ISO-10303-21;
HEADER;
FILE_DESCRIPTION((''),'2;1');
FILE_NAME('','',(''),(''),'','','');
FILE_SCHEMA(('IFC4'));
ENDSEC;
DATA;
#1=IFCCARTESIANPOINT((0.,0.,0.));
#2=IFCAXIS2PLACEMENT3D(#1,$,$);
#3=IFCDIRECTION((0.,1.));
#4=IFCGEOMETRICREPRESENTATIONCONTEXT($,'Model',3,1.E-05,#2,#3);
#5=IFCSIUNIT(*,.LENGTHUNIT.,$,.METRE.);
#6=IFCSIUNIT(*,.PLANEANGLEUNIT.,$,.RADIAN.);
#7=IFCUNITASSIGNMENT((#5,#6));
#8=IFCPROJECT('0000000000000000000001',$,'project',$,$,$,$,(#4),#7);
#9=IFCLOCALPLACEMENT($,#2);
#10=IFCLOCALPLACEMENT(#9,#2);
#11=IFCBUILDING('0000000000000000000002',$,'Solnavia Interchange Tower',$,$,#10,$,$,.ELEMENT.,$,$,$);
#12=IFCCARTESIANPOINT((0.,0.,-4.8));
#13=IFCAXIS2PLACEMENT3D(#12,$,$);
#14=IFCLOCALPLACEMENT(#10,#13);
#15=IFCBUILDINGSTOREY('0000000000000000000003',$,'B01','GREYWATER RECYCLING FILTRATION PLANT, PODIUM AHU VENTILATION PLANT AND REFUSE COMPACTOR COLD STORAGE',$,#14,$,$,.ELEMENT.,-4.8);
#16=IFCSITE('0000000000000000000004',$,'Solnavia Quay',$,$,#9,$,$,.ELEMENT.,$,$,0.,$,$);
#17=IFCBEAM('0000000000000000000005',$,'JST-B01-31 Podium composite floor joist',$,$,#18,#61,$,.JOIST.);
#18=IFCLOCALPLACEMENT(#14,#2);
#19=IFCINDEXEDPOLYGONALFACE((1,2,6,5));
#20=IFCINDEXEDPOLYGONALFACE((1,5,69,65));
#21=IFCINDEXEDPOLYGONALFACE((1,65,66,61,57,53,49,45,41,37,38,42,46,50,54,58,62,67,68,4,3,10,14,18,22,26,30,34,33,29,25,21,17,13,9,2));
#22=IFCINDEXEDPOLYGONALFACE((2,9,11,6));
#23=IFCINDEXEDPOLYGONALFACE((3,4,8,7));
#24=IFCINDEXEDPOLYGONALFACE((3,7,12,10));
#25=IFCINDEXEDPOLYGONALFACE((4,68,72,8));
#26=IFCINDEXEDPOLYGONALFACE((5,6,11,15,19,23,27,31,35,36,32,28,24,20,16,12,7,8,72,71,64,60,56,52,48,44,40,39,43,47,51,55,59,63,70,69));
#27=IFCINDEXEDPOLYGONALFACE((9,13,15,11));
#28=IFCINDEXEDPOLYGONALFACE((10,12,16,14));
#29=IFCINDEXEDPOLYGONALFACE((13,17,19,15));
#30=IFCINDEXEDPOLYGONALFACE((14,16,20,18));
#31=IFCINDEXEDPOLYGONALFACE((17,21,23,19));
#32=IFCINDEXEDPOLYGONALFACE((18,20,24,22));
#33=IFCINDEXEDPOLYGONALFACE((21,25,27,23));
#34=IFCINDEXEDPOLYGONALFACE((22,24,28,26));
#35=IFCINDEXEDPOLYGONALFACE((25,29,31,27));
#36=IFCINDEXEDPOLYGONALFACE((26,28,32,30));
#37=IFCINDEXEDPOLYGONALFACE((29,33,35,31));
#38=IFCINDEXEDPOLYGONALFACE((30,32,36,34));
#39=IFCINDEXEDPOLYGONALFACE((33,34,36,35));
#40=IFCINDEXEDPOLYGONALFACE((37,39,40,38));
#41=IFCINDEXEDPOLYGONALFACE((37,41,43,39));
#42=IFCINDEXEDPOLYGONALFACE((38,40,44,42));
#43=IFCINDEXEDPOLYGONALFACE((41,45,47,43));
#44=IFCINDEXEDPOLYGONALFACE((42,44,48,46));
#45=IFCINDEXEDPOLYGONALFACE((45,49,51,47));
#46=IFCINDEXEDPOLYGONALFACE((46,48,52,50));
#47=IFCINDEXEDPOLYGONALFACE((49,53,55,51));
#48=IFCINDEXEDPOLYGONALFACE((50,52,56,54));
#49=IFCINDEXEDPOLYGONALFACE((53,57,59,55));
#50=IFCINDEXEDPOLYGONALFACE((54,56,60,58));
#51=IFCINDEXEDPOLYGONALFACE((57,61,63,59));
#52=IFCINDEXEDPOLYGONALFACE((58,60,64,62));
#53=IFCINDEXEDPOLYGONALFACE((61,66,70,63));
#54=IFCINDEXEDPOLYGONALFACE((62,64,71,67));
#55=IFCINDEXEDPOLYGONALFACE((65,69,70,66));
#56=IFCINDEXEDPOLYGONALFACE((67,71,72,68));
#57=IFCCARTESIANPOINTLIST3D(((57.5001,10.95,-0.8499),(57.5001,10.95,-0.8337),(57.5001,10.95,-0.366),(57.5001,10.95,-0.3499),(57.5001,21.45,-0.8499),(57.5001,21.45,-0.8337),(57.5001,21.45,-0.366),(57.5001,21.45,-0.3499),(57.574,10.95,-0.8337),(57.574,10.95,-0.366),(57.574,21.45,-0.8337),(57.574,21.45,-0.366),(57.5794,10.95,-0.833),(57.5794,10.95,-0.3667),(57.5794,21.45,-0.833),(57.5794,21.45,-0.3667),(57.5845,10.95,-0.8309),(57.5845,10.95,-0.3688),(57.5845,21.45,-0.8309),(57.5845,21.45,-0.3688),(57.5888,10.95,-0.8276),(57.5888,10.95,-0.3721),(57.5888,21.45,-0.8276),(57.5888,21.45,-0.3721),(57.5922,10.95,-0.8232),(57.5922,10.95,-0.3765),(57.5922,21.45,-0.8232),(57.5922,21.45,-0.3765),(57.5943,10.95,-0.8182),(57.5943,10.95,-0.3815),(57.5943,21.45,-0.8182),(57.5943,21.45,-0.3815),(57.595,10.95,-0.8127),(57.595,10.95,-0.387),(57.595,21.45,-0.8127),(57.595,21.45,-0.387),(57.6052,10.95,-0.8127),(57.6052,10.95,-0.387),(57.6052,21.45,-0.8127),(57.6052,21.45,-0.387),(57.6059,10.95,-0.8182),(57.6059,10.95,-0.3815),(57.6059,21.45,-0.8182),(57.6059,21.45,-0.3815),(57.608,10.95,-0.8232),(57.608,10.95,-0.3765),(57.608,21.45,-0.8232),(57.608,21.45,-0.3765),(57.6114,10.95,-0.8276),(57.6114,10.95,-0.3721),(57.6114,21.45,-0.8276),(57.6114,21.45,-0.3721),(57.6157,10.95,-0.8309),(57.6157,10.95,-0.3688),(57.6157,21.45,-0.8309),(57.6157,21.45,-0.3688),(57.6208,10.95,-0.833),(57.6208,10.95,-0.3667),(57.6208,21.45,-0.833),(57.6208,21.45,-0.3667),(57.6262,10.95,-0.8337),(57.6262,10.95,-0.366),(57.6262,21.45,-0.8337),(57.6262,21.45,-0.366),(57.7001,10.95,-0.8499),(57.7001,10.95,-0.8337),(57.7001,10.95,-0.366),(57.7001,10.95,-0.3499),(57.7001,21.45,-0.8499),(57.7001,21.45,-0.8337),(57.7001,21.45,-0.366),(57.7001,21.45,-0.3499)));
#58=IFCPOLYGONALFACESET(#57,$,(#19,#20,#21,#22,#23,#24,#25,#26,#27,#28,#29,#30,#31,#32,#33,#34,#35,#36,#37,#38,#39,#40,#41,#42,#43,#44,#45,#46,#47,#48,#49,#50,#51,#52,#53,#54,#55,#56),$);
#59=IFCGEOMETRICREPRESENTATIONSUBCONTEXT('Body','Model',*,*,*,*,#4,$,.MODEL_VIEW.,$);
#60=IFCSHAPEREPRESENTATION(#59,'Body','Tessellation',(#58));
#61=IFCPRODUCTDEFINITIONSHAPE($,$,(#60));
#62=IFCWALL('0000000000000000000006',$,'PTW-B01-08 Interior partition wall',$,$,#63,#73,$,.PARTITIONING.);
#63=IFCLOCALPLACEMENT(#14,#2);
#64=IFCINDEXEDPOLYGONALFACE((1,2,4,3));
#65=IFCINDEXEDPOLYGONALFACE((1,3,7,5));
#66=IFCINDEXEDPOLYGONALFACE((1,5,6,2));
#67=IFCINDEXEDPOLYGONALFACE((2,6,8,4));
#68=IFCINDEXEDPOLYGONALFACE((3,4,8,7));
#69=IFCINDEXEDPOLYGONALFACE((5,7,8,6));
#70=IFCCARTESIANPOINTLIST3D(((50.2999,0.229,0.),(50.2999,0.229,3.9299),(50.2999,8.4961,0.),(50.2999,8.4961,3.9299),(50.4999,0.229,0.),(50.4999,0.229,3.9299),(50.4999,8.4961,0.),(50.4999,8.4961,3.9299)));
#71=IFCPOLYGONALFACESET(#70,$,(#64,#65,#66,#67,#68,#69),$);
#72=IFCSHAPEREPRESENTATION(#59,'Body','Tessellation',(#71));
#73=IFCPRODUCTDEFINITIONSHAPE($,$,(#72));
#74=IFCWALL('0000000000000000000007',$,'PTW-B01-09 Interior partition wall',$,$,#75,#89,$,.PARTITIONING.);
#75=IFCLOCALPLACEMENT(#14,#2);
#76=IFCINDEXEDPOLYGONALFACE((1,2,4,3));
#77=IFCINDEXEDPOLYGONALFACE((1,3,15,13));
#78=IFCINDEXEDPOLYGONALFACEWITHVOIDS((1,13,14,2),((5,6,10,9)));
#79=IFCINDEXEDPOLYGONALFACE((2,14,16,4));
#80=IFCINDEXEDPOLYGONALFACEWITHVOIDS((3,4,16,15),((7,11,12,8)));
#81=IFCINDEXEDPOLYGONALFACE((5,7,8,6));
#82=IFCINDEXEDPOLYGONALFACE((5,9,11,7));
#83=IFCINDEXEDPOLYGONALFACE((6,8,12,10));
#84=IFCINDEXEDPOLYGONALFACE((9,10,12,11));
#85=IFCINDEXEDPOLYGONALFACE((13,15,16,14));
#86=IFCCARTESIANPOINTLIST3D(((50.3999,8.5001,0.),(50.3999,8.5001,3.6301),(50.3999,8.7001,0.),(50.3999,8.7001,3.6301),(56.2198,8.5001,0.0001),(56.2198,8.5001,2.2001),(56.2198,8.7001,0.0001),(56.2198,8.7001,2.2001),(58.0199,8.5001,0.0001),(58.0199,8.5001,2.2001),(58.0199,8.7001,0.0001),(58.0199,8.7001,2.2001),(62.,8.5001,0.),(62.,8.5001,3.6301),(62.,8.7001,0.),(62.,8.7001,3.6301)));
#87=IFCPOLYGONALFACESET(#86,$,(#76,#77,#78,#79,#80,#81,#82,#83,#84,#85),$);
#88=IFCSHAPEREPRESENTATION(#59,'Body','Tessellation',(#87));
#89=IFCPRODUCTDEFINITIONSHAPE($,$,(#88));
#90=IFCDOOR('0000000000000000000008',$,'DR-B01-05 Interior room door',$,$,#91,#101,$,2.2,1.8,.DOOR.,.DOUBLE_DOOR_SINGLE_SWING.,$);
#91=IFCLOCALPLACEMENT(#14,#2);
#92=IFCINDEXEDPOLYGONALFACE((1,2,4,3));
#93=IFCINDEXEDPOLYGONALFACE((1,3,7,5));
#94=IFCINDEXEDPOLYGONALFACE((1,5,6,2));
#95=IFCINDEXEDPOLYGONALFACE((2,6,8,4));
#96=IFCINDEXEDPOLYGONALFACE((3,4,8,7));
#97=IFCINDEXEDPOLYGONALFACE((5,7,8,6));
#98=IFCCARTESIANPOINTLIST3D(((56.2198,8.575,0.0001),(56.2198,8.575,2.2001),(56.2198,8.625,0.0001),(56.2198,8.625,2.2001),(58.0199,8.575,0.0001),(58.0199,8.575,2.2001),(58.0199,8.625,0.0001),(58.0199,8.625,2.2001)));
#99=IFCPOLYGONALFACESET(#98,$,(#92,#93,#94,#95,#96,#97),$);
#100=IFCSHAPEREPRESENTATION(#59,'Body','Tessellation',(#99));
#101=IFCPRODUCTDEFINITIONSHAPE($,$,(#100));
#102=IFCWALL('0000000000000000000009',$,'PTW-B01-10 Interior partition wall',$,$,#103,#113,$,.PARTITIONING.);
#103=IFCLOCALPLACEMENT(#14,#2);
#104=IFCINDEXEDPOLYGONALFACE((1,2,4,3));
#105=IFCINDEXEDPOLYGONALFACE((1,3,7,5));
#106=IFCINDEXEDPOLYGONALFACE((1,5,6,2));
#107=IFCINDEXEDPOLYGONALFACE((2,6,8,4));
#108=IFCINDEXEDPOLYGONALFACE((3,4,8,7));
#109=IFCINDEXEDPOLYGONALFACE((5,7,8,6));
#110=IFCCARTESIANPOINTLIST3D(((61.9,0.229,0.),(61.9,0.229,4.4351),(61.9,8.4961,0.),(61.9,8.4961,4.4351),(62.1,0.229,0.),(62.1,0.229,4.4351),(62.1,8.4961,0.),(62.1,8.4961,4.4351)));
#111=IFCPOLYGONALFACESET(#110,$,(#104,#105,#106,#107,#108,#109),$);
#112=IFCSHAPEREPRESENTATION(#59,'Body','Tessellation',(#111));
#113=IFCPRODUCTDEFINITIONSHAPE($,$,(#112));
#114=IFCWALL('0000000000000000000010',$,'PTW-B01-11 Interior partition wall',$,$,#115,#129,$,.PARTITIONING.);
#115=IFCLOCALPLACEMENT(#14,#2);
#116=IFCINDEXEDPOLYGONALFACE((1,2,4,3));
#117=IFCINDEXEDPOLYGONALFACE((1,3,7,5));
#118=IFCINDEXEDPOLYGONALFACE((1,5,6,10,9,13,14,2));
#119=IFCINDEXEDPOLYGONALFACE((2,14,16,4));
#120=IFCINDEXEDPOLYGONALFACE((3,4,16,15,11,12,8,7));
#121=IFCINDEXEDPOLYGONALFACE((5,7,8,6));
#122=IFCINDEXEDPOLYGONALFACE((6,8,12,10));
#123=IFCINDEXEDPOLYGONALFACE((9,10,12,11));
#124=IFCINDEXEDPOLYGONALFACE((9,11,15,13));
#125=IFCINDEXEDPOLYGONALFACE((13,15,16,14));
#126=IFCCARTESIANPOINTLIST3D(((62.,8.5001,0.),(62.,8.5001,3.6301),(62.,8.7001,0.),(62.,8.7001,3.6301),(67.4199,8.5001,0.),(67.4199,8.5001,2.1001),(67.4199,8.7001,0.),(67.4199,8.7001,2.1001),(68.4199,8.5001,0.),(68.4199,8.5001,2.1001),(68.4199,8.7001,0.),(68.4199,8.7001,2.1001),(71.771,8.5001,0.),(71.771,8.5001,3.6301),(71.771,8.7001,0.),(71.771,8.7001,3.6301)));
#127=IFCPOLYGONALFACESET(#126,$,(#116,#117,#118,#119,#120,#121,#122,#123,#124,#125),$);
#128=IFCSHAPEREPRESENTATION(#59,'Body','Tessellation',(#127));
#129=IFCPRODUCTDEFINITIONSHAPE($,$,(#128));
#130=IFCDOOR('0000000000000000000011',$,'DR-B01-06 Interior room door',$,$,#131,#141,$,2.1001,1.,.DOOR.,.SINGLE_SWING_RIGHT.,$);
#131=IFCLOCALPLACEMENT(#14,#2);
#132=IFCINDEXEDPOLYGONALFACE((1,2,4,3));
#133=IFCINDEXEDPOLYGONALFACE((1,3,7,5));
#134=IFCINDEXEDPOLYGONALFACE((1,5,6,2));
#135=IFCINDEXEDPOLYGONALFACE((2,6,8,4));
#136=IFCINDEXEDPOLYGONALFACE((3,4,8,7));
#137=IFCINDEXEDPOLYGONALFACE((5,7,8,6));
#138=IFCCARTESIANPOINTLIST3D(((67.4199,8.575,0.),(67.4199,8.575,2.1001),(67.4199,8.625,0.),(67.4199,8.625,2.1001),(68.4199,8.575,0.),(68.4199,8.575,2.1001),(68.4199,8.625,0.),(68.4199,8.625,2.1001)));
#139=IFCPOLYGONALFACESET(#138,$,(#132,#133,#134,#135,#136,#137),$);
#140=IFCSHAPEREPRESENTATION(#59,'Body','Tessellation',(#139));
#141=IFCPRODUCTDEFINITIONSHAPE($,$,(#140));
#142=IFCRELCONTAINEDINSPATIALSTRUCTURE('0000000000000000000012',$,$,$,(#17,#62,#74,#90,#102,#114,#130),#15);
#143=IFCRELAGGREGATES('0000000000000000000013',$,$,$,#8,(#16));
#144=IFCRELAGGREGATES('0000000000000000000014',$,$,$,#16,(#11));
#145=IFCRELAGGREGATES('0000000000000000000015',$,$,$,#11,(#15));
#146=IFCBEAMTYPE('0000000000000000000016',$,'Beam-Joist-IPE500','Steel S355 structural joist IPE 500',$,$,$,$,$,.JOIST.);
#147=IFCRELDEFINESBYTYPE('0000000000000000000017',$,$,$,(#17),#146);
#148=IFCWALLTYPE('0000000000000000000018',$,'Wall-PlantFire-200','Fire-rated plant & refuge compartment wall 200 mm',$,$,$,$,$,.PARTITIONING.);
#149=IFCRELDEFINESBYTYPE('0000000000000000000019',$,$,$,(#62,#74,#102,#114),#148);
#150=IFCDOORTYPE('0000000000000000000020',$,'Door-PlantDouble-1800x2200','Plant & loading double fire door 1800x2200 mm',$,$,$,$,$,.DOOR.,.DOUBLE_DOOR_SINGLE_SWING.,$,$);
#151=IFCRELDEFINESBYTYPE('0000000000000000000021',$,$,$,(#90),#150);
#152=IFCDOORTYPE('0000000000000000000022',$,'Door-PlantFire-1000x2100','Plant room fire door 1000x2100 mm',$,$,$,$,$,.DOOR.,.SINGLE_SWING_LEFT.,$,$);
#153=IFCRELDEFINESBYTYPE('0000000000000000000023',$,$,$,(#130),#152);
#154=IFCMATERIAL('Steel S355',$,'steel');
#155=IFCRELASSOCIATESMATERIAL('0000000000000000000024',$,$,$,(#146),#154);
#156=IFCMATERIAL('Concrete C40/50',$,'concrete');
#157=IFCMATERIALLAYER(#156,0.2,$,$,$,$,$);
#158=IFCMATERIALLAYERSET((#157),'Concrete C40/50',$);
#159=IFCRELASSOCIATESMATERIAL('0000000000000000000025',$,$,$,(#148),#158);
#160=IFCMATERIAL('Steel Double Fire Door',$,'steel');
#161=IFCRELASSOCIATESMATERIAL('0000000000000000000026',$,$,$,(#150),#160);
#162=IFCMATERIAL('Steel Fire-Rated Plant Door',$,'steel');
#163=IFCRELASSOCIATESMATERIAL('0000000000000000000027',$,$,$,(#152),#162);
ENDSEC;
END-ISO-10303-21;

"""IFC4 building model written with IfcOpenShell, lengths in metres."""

from ifc_helpers import new_model, si_unit, direction, frame, frame_2d, origin, origin_2d, place, context, subcontext, project, spatial, rectangle, i_section, extrude, material, layer, layer_set, material_profile, profile_set, type_object, element, fill, save


model = new_model("IFC4")

# Units and contexts
model_context = context("Model", 3, precision=1e-05, world=origin(), true_north=direction((0.0, 1.0)))
body_context = subcontext(model_context, "Body", "Model", "MODEL_VIEW")
ifc_project = project(units=[si_unit("LENGTHUNIT", "METRE"), si_unit("PLANEANGLEUNIT", "RADIAN")], contexts=[model_context])

# Site, building, storey
site_placement = place(None, origin())
site = spatial("IfcSite", under=ifc_project, at=site_placement, Name="Solnavia Quay", CompositionType="ELEMENT", RefElevation=0.0)
building_placement = place(site_placement, origin())
building = spatial("IfcBuilding", under=site, at=building_placement, Name="Solnavia Interchange Tower", CompositionType="ELEMENT")
storey_placement = place(building_placement, frame((0.0, 0.0, -4.8)))
storey = spatial("IfcBuildingStorey", under=building, at=storey_placement, Name="B01", Description="GREYWATER RECYCLING FILTRATION PLANT, PODIUM AHU VENTILATION PLANT AND REFUSE COMPACTOR COLD STORAGE", CompositionType="ELEMENT", Elevation=-4.8)

# Beam
ifc_material_1 = material(Name="Steel S355", Category="steel")
ifc_material_profile_1 = material_profile(ifc_material_1, i_section(OverallWidth=0.2, OverallDepth=0.5, WebThickness=0.0103, FlangeThickness=0.0161, FilletRadius=0.021, at=origin_2d()), Name="IPE 500")
ifc_profile_set_1 = profile_set([ifc_material_profile_1], Name="Steel S355")
beam_type_1 = type_object("IfcBeamType", Name="Beam-Joist-IPE500", Description="Steel S355 structural joist IPE 500", PredefinedType="JOIST", material=ifc_profile_set_1)
for number, where, z_axis, x_axis, name in (
    (1, (57.6001, 10.95, -0.5999), (0.0, 1.0, 0.0), (-1.0, 0.0, 0.0), "JST-B01-31 Podium composite floor joist"),
):
    element("IfcBeam", number, at=place(storey_placement, frame(where, z_axis=z_axis, x_axis=x_axis)), inside=storey, type_object=beam_type_1, Name=name, PredefinedType="JOIST", context=body_context, shape_type="SweptSolid", body=[
        extrude(i_section(OverallWidth=0.2, OverallDepth=0.5, WebThickness=0.0103, FlangeThickness=0.0161, FilletRadius=0.021, at=origin_2d()), origin(), (0.0, 0.0, 1.0), 10.5),
    ])

# Wall
ifc_material_2 = material(Name="Concrete C40/50", Category="concrete")
ifc_layer = layer(ifc_material_2, 0.2)
ifc_layer_set = layer_set([ifc_layer], Name="Concrete C40/50")
wall_type = type_object("IfcWallType", Name="Wall-PlantFire-200", Description="Fire-rated plant & refuge compartment wall 200 mm", PredefinedType="PARTITIONING", material=ifc_layer_set)
wall_1_placement = place(storey_placement, frame((50.3999, 0.229, 0.0), z_axis=(0.0, 0.0, 1.0), x_axis=(0.0, 1.0, 0.0)))
element("IfcWall", 2, at=wall_1_placement, inside=storey, type_object=wall_type, Name="PTW-B01-08 Interior partition wall", PredefinedType="PARTITIONING", context=body_context, shape_type="SweptSolid", body=[
    extrude(rectangle(XDim=8.2671, YDim=0.2, at=frame_2d((4.1335, 0.0))), origin(), (0.0, 0.0, 1.0), 3.9299),
])

# Wall, opening, door
wall_2_placement = place(storey_placement, frame((50.3999, 8.6001, 0.0), z_axis=(0.0, 0.0, 1.0), x_axis=(1.0, 0.0, 0.0)))
wall_2 = element("IfcWall", 3, at=wall_2_placement, inside=storey, type_object=wall_type, Name="PTW-B01-09 Interior partition wall", PredefinedType="PARTITIONING", context=body_context, shape_type="SweptSolid", body=[
    extrude(rectangle(XDim=11.6001, YDim=0.2, at=frame_2d((5.8, 0.0))), origin(), (0.0, 0.0, 1.0), 3.6301),
])
opening_1_placement = place(wall_2_placement, frame((5.8201, 0.0, 0.0)))
opening_1 = element("IfcOpeningElement", 4, at=opening_1_placement, cuts=wall_2, PredefinedType="OPENING", context=body_context, shape_type="SweptSolid", body=[
    extrude(rectangle(XDim=1.8, YDim=2.2, at=frame_2d((0.8999, 1.1001))), frame((0.0, 0.1099, 0.0), z_axis=(0.0, -1.0, 0.0), x_axis=(1.0, 0.0, 0.0)), (0.0, 0.0, 1.0), 0.22),
])
ifc_material_3 = material(Name="Steel Double Fire Door", Category="steel")
door_type_1 = type_object("IfcDoorType", Name="Door-PlantDouble-1800x2200", Description="Plant & loading double fire door 1800x2200 mm", OperationType="DOUBLE_DOOR_SINGLE_SWING", PredefinedType="DOOR", material=ifc_material_3)
door_1_placement = place(opening_1_placement, origin())
door_1 = element("IfcDoor", 5, at=door_1_placement, inside=storey, type_object=door_type_1, Name="DR-B01-05 Interior room door", OperationType="DOUBLE_DOOR_SINGLE_SWING", OverallHeight=2.2, OverallWidth=1.8, PredefinedType="DOOR", context=body_context, shape_type="SweptSolid", body=[
    extrude(rectangle(XDim=1.8, YDim=2.2, at=frame_2d((0.8999, 1.1001))), frame((0.0, 0.0249, 0.0), z_axis=(0.0, -1.0, 0.0), x_axis=(1.0, 0.0, 0.0)), (0.0, 0.0, 1.0), 0.05),
])
fill(opening_1, door_1)

# Wall
wall_3_placement = place(storey_placement, frame((62.0, 0.229, 0.0), z_axis=(0.0, 0.0, 1.0), x_axis=(0.0, 1.0, 0.0)))
element("IfcWall", 6, at=wall_3_placement, inside=storey, type_object=wall_type, Name="PTW-B01-10 Interior partition wall", PredefinedType="PARTITIONING", context=body_context, shape_type="SweptSolid", body=[
    extrude(rectangle(XDim=8.2671, YDim=0.2, at=frame_2d((4.1335, 0.0))), origin(), (0.0, 0.0, 1.0), 4.4351),
])

# Wall, opening, door
wall_4_placement = place(storey_placement, frame((62.0, 8.6001, 0.0), z_axis=(0.0, 0.0, 1.0), x_axis=(1.0, 0.0, 0.0)))
wall_4 = element("IfcWall", 7, at=wall_4_placement, inside=storey, type_object=wall_type, Name="PTW-B01-11 Interior partition wall", PredefinedType="PARTITIONING", context=body_context, shape_type="SweptSolid", body=[
    extrude(rectangle(XDim=9.771, YDim=0.2, at=frame_2d((4.8855, 0.0))), origin(), (0.0, 0.0, 1.0), 3.6301),
])
opening_2_placement = place(wall_4_placement, frame((5.4199, 0.0, 0.0)))
opening_2 = element("IfcOpeningElement", 8, at=opening_2_placement, cuts=wall_4, PredefinedType="OPENING", context=body_context, shape_type="SweptSolid", body=[
    extrude(rectangle(XDim=1.0, YDim=2.1001, at=frame_2d((0.5, 1.05))), frame((0.0, 0.1099, 0.0), z_axis=(0.0, -1.0, 0.0), x_axis=(1.0, 0.0, 0.0)), (0.0, 0.0, 1.0), 0.22),
])
ifc_material_4 = material(Name="Steel Fire-Rated Plant Door", Category="steel")
door_type_2 = type_object("IfcDoorType", Name="Door-PlantFire-1000x2100", Description="Plant room fire door 1000x2100 mm", OperationType="SINGLE_SWING_LEFT", PredefinedType="DOOR", material=ifc_material_4)
door_2_placement = place(opening_2_placement, origin())
door_2 = element("IfcDoor", 9, at=door_2_placement, inside=storey, type_object=door_type_2, Name="DR-B01-06 Interior room door", OperationType="SINGLE_SWING_RIGHT", OverallHeight=2.1001, OverallWidth=1.0, PredefinedType="DOOR", context=body_context, shape_type="SweptSolid", body=[
    extrude(rectangle(XDim=1.0, YDim=2.1001, at=frame_2d((0.5, 1.05))), frame((0.0, 0.0249, 0.0), z_axis=(0.0, -1.0, 0.0), x_axis=(1.0, 0.0, 0.0)), (0.0, 0.0, 1.0), 0.05),
])
fill(opening_2, door_2)

save(model, "model.ifc")
